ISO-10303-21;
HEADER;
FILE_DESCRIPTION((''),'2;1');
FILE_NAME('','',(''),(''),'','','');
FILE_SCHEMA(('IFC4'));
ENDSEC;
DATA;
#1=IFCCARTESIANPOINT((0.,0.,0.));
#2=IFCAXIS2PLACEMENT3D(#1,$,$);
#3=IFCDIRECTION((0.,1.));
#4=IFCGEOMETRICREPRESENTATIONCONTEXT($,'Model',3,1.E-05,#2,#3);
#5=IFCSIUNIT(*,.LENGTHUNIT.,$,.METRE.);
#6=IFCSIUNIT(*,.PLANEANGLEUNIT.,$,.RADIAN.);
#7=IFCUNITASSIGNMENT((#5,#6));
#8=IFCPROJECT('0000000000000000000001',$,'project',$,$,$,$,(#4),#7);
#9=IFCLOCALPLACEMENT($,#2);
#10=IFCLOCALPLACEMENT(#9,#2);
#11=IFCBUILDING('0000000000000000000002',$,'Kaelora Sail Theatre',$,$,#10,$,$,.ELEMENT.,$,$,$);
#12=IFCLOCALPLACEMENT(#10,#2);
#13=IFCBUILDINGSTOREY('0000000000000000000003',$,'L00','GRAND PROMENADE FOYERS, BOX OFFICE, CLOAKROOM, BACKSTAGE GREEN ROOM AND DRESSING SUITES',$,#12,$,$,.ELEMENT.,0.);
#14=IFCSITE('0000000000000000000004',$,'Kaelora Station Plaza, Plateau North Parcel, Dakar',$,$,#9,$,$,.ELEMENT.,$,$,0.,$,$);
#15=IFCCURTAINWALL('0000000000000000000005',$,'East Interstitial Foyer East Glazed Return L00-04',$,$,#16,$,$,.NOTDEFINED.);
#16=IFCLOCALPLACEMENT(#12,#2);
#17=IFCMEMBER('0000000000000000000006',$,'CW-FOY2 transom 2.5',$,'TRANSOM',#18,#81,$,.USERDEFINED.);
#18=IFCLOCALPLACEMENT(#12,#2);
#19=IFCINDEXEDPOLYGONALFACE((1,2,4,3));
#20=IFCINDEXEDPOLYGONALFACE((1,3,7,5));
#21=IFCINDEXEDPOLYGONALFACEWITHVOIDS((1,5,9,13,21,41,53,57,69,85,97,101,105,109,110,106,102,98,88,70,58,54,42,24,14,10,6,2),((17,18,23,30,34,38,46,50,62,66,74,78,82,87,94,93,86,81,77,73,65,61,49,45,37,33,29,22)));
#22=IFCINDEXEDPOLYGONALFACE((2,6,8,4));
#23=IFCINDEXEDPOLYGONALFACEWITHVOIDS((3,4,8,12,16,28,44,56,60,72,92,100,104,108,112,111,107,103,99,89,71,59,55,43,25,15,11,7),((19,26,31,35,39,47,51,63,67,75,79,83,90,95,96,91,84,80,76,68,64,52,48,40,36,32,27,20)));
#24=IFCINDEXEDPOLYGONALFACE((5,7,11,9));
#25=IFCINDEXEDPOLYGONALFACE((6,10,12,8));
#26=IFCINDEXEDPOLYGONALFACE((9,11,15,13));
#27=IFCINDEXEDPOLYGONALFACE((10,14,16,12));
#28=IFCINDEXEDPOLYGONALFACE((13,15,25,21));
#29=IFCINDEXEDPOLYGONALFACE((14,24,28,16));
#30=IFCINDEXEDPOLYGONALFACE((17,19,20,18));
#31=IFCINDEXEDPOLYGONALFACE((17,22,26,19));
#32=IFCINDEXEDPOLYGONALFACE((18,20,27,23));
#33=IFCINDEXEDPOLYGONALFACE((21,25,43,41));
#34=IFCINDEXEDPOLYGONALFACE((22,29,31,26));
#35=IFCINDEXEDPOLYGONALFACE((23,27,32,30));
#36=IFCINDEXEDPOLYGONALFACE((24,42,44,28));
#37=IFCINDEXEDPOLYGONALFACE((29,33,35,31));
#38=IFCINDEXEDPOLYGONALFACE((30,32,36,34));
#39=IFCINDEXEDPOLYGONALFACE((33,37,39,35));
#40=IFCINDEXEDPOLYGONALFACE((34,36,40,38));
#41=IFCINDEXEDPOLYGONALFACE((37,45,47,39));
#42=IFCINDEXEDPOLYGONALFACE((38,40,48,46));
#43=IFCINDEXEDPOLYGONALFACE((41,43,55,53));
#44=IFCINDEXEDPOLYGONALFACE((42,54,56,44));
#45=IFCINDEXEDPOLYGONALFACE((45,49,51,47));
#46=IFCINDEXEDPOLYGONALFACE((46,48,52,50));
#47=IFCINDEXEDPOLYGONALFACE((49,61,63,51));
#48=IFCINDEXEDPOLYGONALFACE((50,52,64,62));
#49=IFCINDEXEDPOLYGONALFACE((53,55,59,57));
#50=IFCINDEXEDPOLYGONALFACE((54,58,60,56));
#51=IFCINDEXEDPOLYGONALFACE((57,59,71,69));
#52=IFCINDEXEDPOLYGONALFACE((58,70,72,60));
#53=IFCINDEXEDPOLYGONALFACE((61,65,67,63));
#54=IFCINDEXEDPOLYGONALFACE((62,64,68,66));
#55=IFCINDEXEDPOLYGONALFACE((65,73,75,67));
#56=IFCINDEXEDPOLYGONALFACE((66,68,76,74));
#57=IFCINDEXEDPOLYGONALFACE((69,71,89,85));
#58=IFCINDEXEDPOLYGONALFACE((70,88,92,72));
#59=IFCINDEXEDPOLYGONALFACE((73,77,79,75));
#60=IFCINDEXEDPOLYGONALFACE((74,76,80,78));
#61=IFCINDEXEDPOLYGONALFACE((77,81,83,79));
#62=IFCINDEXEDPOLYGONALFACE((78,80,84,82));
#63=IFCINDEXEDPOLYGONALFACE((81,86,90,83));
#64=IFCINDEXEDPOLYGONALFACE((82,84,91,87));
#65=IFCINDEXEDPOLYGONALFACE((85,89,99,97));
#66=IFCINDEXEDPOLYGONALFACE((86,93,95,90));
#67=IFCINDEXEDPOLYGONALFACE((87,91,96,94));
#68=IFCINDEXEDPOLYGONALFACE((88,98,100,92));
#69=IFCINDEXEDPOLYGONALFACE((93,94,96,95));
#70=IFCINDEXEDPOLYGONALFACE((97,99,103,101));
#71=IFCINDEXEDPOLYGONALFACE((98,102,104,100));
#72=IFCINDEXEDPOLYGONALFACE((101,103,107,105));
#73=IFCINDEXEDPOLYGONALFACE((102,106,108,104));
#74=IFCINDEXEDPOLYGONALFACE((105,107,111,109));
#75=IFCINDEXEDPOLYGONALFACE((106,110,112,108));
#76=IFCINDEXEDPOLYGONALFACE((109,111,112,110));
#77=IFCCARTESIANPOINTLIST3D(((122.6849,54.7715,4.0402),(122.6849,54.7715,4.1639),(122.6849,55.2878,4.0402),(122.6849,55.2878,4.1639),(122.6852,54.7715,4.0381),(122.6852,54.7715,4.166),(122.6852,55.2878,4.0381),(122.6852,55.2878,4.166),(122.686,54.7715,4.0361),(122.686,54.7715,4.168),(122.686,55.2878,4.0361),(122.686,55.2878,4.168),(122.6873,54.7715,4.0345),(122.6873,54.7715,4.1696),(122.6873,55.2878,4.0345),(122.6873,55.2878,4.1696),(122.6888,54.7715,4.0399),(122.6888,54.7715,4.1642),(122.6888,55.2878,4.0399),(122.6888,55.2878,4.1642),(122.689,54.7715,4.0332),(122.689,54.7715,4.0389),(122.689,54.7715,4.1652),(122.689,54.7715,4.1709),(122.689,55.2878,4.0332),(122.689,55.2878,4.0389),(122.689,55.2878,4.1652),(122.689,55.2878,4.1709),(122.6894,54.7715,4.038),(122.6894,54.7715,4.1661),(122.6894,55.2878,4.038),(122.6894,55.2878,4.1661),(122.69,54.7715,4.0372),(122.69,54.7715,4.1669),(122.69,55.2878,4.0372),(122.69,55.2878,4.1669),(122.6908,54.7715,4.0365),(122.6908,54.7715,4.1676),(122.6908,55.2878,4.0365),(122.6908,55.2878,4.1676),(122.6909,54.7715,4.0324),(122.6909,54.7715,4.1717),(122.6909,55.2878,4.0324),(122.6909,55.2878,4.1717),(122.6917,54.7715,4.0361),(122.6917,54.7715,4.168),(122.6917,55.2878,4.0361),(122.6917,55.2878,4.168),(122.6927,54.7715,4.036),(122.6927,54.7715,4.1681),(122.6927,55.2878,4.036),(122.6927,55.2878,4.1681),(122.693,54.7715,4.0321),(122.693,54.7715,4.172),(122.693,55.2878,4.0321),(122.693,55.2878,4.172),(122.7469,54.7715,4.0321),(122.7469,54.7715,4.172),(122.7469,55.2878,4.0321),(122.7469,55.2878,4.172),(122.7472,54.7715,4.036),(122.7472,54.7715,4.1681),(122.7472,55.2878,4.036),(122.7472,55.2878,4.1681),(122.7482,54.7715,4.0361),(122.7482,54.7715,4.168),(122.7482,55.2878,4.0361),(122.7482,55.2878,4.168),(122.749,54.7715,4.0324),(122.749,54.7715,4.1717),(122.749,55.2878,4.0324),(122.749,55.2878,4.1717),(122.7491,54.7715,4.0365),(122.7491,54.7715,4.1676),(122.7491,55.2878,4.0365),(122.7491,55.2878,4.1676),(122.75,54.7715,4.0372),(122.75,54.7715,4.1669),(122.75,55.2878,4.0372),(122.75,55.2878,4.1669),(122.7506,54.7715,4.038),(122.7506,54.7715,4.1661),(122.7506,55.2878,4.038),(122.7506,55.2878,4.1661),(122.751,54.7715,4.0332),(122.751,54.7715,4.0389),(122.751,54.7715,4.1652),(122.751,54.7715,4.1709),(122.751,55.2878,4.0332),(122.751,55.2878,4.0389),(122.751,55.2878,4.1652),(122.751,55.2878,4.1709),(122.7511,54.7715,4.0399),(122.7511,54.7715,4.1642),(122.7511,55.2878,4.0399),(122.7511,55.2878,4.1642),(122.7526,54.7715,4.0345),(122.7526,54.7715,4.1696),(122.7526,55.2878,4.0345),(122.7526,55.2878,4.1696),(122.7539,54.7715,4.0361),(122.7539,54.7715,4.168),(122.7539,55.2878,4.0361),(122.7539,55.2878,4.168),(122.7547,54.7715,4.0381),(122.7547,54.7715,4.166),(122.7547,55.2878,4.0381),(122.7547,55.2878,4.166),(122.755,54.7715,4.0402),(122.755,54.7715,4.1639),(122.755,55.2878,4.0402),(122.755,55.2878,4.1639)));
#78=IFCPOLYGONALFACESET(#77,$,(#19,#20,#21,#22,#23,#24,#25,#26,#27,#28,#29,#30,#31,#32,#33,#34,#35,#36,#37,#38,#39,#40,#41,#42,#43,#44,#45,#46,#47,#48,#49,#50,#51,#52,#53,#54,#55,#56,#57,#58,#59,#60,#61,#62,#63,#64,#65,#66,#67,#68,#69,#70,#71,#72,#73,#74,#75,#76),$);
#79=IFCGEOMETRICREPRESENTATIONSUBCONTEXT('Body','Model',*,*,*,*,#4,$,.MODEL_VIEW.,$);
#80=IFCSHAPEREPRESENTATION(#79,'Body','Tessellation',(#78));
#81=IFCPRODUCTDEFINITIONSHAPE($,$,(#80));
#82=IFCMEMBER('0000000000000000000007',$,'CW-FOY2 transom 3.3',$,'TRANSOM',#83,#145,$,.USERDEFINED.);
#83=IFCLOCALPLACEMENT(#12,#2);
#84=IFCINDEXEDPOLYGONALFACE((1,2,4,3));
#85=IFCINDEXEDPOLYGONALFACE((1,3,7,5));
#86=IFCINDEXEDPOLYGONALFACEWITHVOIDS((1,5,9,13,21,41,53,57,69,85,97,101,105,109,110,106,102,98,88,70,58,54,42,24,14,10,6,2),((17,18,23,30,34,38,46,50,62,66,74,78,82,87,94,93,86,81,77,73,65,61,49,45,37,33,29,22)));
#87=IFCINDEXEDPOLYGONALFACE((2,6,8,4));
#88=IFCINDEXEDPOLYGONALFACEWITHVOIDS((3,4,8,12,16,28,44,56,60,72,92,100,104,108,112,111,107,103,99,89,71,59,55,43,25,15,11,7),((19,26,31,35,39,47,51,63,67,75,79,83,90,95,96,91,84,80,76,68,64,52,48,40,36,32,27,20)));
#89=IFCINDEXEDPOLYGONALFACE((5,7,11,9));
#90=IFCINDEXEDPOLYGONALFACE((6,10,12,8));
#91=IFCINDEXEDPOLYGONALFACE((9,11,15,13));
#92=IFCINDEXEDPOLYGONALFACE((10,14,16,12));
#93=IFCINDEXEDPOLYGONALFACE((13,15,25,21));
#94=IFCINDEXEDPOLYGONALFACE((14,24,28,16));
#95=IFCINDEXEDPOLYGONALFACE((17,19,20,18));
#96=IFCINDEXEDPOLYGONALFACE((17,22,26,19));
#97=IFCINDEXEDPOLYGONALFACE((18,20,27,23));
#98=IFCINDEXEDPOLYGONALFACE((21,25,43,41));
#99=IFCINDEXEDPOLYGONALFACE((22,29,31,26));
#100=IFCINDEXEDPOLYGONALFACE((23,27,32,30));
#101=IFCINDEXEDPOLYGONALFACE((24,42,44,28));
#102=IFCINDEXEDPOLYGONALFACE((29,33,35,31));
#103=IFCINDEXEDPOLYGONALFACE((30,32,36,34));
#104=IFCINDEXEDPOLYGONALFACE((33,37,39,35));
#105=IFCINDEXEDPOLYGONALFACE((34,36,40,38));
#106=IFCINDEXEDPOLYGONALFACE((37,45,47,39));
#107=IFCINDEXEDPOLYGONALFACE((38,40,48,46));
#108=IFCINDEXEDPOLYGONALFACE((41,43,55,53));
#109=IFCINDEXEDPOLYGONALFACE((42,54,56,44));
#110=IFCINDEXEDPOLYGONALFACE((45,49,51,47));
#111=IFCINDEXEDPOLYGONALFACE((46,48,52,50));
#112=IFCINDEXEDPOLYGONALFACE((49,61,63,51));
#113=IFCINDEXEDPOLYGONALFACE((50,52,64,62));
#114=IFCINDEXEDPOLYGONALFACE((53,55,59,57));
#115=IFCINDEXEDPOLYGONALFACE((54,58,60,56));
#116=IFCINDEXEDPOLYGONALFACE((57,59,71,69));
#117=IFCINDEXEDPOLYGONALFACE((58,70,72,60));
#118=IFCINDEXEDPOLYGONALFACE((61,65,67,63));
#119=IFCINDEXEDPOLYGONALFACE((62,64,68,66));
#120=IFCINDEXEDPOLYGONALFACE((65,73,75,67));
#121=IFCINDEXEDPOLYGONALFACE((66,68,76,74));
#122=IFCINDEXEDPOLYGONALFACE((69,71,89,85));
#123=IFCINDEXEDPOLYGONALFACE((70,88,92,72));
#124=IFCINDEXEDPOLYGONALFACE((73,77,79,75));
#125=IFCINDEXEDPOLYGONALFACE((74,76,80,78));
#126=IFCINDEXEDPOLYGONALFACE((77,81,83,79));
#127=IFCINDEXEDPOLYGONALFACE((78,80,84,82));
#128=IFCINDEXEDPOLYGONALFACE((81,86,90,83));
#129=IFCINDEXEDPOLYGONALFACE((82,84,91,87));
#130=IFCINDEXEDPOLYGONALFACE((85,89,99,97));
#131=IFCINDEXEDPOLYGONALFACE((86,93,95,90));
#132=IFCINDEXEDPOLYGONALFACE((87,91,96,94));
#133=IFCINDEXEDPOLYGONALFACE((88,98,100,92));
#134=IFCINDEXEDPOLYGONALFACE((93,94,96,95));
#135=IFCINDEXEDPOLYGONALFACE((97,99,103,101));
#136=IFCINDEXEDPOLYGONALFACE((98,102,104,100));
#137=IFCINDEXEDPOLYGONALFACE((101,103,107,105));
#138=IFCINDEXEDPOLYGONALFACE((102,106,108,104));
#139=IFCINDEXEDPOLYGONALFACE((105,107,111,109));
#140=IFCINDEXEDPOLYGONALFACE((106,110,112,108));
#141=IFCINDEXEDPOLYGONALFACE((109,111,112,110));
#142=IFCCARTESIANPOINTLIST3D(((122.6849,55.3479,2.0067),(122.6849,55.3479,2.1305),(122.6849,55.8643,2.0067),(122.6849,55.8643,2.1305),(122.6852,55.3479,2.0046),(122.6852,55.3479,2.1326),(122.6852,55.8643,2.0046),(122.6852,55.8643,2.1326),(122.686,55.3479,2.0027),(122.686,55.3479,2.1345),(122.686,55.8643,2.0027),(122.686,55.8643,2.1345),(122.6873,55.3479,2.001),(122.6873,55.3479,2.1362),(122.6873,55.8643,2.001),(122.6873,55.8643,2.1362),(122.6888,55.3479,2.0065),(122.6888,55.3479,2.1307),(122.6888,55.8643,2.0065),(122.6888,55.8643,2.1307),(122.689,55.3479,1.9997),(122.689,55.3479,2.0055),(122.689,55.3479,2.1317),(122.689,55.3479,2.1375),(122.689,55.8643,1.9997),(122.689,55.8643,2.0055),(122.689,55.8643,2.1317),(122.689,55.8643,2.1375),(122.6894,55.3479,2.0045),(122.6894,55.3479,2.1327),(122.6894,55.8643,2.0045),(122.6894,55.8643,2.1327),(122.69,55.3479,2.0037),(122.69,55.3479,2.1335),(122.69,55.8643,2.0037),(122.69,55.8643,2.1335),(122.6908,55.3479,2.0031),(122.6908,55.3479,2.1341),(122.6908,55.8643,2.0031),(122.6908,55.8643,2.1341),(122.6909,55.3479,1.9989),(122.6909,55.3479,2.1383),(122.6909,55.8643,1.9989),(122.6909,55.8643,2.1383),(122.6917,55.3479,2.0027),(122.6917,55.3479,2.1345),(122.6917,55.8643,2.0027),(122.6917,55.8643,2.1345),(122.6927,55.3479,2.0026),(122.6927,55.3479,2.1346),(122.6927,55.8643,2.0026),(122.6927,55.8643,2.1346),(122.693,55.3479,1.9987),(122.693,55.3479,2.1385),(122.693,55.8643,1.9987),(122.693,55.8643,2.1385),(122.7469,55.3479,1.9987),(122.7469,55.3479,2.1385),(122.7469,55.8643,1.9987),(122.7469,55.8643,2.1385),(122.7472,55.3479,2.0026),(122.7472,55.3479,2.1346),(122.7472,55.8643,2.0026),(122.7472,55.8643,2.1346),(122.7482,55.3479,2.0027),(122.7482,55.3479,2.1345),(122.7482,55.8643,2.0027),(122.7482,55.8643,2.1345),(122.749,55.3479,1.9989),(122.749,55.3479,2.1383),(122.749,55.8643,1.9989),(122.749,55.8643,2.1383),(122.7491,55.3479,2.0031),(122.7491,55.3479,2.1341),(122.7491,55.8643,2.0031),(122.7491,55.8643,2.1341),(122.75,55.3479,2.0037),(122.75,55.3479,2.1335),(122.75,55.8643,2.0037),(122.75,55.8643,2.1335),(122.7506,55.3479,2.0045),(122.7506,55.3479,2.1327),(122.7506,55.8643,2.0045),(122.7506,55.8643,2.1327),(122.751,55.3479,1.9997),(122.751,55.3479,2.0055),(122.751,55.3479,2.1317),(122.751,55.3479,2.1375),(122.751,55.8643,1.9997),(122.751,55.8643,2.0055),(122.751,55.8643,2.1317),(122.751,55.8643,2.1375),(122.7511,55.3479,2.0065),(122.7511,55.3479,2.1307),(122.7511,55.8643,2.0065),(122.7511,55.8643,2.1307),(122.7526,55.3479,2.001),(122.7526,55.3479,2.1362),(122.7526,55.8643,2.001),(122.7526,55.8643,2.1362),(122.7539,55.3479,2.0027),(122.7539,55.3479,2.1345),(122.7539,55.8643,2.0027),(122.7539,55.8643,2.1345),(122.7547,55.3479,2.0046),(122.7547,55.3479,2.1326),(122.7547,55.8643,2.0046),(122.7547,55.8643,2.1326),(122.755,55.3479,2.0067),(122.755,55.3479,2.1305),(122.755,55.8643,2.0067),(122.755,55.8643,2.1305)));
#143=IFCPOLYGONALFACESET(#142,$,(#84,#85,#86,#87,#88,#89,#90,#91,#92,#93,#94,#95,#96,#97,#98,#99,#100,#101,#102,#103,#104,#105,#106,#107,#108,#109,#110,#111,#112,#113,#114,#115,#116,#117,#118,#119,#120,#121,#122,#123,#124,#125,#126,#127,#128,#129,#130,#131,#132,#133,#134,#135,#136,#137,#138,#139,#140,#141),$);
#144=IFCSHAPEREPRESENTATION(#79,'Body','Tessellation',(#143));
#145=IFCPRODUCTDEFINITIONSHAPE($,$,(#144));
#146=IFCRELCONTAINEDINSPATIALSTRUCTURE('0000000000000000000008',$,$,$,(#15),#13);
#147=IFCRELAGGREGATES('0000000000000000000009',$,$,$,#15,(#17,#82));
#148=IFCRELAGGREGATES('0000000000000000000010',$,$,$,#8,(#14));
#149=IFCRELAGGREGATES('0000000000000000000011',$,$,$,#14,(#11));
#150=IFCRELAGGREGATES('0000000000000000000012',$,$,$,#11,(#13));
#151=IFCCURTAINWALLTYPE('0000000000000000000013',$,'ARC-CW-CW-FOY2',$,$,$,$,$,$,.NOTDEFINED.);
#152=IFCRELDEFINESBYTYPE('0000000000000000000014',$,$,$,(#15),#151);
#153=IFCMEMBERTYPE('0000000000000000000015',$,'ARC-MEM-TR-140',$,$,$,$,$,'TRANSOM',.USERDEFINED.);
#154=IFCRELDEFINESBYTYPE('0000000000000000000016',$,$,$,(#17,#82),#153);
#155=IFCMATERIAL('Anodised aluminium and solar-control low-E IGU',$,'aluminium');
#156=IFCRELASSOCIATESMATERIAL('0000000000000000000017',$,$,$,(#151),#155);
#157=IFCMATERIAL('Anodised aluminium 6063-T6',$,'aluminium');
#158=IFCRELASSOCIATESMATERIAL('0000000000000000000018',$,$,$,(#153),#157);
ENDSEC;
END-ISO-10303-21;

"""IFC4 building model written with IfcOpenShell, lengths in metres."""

from ifc_helpers import new_model, si_unit, direction, frame, origin, origin_2d, place, context, subcontext, project, spatial, hollow_rectangle, extrude, material, material_profile, profile_set, type_object, element, aggregate, save


model = new_model("IFC4")

# Units and contexts
model_context = context("Model", 3, precision=1e-05, world=origin(), true_north=direction((0.0, 1.0)))
body_context = subcontext(model_context, "Body", "Model", "MODEL_VIEW")
ifc_project = project(units=[si_unit("LENGTHUNIT", "METRE"), si_unit("PLANEANGLEUNIT", "RADIAN")], contexts=[model_context])

# Site, building, storey
site_placement = place(None, origin())
site = spatial("IfcSite", under=ifc_project, at=site_placement, Name="Kaelora Station Plaza, Plateau North Parcel, Dakar", CompositionType="ELEMENT", RefElevation=0.0)
building_placement = place(site_placement, origin())
building = spatial("IfcBuilding", under=site, at=building_placement, Name="Kaelora Sail Theatre", CompositionType="ELEMENT")
storey_placement = place(building_placement, origin())
storey = spatial("IfcBuildingStorey", under=building, at=storey_placement, Name="L00", Description="GRAND PROMENADE FOYERS, BOX OFFICE, CLOAKROOM, BACKSTAGE GREEN ROOM AND DRESSING SUITES", CompositionType="ELEMENT", Elevation=0.0)

# Curtain wall, members
ifc_material_1 = material(Name="Anodised aluminium and solar-control low-E IGU", Category="aluminium")
curtain_wall_type = type_object("IfcCurtainWallType", Name="ARC-CW-CW-FOY2", PredefinedType="NOTDEFINED", material=ifc_material_1)
curtain_wall_placement = place(storey_placement, origin())
curtain_wall = element("IfcCurtainWall", 1, at=curtain_wall_placement, inside=storey, type_object=curtain_wall_type, Name="East Interstitial Foyer East Glazed Return L00-04", PredefinedType="NOTDEFINED")
ifc_material_2 = material(Name="Anodised aluminium 6063-T6", Category="aluminium")
ifc_material_profile = material_profile(ifc_material_2, hollow_rectangle(XDim=0.0701, YDim=0.1399, WallThickness=0.0039, InnerFilletRadius=0.0039, OuterFilletRadius=0.0081, at=origin_2d()), Name="ALU-TRAN 70x140x4")
ifc_profile_set = profile_set([ifc_material_profile], Name="Anodised aluminium 6063-T6")
member_type = type_object("IfcMemberType", Name="ARC-MEM-TR-140", ElementType="TRANSOM", PredefinedType="USERDEFINED", material=ifc_profile_set)
member_1_placement = place(storey_placement, frame((122.72, 54.7715, 4.1021), z_axis=(0.0, 1.0, 0.0), x_axis=(-1.0, 0.0, 0.0)))
member_1 = element("IfcMember", 2, at=member_1_placement, type_object=member_type, Name="CW-FOY2 transom 2.5", ObjectType="TRANSOM", PredefinedType="USERDEFINED", context=body_context, shape_type="SweptSolid", body=[
    extrude(hollow_rectangle(XDim=0.0701, YDim=0.1399, WallThickness=0.0039, InnerFilletRadius=0.0039, OuterFilletRadius=0.0081, at=origin_2d()), origin(), (0.0, 0.0, 1.0), 0.5164),
])
member_2_placement = place(storey_placement, frame((122.72, 55.3479, 2.0686), z_axis=(0.0, 1.0, 0.0), x_axis=(-1.0, 0.0, 0.0)))
member_2 = element("IfcMember", 3, at=member_2_placement, type_object=member_type, Name="CW-FOY2 transom 3.3", ObjectType="TRANSOM", PredefinedType="USERDEFINED", context=body_context, shape_type="SweptSolid", body=[
    extrude(hollow_rectangle(XDim=0.0701, YDim=0.1399, WallThickness=0.0039, InnerFilletRadius=0.0039, OuterFilletRadius=0.0081, at=origin_2d()), origin(), (0.0, 0.0, 1.0), 0.5164),
])
aggregate(curtain_wall, [member_1, member_2])

save(model, "model.ifc")
